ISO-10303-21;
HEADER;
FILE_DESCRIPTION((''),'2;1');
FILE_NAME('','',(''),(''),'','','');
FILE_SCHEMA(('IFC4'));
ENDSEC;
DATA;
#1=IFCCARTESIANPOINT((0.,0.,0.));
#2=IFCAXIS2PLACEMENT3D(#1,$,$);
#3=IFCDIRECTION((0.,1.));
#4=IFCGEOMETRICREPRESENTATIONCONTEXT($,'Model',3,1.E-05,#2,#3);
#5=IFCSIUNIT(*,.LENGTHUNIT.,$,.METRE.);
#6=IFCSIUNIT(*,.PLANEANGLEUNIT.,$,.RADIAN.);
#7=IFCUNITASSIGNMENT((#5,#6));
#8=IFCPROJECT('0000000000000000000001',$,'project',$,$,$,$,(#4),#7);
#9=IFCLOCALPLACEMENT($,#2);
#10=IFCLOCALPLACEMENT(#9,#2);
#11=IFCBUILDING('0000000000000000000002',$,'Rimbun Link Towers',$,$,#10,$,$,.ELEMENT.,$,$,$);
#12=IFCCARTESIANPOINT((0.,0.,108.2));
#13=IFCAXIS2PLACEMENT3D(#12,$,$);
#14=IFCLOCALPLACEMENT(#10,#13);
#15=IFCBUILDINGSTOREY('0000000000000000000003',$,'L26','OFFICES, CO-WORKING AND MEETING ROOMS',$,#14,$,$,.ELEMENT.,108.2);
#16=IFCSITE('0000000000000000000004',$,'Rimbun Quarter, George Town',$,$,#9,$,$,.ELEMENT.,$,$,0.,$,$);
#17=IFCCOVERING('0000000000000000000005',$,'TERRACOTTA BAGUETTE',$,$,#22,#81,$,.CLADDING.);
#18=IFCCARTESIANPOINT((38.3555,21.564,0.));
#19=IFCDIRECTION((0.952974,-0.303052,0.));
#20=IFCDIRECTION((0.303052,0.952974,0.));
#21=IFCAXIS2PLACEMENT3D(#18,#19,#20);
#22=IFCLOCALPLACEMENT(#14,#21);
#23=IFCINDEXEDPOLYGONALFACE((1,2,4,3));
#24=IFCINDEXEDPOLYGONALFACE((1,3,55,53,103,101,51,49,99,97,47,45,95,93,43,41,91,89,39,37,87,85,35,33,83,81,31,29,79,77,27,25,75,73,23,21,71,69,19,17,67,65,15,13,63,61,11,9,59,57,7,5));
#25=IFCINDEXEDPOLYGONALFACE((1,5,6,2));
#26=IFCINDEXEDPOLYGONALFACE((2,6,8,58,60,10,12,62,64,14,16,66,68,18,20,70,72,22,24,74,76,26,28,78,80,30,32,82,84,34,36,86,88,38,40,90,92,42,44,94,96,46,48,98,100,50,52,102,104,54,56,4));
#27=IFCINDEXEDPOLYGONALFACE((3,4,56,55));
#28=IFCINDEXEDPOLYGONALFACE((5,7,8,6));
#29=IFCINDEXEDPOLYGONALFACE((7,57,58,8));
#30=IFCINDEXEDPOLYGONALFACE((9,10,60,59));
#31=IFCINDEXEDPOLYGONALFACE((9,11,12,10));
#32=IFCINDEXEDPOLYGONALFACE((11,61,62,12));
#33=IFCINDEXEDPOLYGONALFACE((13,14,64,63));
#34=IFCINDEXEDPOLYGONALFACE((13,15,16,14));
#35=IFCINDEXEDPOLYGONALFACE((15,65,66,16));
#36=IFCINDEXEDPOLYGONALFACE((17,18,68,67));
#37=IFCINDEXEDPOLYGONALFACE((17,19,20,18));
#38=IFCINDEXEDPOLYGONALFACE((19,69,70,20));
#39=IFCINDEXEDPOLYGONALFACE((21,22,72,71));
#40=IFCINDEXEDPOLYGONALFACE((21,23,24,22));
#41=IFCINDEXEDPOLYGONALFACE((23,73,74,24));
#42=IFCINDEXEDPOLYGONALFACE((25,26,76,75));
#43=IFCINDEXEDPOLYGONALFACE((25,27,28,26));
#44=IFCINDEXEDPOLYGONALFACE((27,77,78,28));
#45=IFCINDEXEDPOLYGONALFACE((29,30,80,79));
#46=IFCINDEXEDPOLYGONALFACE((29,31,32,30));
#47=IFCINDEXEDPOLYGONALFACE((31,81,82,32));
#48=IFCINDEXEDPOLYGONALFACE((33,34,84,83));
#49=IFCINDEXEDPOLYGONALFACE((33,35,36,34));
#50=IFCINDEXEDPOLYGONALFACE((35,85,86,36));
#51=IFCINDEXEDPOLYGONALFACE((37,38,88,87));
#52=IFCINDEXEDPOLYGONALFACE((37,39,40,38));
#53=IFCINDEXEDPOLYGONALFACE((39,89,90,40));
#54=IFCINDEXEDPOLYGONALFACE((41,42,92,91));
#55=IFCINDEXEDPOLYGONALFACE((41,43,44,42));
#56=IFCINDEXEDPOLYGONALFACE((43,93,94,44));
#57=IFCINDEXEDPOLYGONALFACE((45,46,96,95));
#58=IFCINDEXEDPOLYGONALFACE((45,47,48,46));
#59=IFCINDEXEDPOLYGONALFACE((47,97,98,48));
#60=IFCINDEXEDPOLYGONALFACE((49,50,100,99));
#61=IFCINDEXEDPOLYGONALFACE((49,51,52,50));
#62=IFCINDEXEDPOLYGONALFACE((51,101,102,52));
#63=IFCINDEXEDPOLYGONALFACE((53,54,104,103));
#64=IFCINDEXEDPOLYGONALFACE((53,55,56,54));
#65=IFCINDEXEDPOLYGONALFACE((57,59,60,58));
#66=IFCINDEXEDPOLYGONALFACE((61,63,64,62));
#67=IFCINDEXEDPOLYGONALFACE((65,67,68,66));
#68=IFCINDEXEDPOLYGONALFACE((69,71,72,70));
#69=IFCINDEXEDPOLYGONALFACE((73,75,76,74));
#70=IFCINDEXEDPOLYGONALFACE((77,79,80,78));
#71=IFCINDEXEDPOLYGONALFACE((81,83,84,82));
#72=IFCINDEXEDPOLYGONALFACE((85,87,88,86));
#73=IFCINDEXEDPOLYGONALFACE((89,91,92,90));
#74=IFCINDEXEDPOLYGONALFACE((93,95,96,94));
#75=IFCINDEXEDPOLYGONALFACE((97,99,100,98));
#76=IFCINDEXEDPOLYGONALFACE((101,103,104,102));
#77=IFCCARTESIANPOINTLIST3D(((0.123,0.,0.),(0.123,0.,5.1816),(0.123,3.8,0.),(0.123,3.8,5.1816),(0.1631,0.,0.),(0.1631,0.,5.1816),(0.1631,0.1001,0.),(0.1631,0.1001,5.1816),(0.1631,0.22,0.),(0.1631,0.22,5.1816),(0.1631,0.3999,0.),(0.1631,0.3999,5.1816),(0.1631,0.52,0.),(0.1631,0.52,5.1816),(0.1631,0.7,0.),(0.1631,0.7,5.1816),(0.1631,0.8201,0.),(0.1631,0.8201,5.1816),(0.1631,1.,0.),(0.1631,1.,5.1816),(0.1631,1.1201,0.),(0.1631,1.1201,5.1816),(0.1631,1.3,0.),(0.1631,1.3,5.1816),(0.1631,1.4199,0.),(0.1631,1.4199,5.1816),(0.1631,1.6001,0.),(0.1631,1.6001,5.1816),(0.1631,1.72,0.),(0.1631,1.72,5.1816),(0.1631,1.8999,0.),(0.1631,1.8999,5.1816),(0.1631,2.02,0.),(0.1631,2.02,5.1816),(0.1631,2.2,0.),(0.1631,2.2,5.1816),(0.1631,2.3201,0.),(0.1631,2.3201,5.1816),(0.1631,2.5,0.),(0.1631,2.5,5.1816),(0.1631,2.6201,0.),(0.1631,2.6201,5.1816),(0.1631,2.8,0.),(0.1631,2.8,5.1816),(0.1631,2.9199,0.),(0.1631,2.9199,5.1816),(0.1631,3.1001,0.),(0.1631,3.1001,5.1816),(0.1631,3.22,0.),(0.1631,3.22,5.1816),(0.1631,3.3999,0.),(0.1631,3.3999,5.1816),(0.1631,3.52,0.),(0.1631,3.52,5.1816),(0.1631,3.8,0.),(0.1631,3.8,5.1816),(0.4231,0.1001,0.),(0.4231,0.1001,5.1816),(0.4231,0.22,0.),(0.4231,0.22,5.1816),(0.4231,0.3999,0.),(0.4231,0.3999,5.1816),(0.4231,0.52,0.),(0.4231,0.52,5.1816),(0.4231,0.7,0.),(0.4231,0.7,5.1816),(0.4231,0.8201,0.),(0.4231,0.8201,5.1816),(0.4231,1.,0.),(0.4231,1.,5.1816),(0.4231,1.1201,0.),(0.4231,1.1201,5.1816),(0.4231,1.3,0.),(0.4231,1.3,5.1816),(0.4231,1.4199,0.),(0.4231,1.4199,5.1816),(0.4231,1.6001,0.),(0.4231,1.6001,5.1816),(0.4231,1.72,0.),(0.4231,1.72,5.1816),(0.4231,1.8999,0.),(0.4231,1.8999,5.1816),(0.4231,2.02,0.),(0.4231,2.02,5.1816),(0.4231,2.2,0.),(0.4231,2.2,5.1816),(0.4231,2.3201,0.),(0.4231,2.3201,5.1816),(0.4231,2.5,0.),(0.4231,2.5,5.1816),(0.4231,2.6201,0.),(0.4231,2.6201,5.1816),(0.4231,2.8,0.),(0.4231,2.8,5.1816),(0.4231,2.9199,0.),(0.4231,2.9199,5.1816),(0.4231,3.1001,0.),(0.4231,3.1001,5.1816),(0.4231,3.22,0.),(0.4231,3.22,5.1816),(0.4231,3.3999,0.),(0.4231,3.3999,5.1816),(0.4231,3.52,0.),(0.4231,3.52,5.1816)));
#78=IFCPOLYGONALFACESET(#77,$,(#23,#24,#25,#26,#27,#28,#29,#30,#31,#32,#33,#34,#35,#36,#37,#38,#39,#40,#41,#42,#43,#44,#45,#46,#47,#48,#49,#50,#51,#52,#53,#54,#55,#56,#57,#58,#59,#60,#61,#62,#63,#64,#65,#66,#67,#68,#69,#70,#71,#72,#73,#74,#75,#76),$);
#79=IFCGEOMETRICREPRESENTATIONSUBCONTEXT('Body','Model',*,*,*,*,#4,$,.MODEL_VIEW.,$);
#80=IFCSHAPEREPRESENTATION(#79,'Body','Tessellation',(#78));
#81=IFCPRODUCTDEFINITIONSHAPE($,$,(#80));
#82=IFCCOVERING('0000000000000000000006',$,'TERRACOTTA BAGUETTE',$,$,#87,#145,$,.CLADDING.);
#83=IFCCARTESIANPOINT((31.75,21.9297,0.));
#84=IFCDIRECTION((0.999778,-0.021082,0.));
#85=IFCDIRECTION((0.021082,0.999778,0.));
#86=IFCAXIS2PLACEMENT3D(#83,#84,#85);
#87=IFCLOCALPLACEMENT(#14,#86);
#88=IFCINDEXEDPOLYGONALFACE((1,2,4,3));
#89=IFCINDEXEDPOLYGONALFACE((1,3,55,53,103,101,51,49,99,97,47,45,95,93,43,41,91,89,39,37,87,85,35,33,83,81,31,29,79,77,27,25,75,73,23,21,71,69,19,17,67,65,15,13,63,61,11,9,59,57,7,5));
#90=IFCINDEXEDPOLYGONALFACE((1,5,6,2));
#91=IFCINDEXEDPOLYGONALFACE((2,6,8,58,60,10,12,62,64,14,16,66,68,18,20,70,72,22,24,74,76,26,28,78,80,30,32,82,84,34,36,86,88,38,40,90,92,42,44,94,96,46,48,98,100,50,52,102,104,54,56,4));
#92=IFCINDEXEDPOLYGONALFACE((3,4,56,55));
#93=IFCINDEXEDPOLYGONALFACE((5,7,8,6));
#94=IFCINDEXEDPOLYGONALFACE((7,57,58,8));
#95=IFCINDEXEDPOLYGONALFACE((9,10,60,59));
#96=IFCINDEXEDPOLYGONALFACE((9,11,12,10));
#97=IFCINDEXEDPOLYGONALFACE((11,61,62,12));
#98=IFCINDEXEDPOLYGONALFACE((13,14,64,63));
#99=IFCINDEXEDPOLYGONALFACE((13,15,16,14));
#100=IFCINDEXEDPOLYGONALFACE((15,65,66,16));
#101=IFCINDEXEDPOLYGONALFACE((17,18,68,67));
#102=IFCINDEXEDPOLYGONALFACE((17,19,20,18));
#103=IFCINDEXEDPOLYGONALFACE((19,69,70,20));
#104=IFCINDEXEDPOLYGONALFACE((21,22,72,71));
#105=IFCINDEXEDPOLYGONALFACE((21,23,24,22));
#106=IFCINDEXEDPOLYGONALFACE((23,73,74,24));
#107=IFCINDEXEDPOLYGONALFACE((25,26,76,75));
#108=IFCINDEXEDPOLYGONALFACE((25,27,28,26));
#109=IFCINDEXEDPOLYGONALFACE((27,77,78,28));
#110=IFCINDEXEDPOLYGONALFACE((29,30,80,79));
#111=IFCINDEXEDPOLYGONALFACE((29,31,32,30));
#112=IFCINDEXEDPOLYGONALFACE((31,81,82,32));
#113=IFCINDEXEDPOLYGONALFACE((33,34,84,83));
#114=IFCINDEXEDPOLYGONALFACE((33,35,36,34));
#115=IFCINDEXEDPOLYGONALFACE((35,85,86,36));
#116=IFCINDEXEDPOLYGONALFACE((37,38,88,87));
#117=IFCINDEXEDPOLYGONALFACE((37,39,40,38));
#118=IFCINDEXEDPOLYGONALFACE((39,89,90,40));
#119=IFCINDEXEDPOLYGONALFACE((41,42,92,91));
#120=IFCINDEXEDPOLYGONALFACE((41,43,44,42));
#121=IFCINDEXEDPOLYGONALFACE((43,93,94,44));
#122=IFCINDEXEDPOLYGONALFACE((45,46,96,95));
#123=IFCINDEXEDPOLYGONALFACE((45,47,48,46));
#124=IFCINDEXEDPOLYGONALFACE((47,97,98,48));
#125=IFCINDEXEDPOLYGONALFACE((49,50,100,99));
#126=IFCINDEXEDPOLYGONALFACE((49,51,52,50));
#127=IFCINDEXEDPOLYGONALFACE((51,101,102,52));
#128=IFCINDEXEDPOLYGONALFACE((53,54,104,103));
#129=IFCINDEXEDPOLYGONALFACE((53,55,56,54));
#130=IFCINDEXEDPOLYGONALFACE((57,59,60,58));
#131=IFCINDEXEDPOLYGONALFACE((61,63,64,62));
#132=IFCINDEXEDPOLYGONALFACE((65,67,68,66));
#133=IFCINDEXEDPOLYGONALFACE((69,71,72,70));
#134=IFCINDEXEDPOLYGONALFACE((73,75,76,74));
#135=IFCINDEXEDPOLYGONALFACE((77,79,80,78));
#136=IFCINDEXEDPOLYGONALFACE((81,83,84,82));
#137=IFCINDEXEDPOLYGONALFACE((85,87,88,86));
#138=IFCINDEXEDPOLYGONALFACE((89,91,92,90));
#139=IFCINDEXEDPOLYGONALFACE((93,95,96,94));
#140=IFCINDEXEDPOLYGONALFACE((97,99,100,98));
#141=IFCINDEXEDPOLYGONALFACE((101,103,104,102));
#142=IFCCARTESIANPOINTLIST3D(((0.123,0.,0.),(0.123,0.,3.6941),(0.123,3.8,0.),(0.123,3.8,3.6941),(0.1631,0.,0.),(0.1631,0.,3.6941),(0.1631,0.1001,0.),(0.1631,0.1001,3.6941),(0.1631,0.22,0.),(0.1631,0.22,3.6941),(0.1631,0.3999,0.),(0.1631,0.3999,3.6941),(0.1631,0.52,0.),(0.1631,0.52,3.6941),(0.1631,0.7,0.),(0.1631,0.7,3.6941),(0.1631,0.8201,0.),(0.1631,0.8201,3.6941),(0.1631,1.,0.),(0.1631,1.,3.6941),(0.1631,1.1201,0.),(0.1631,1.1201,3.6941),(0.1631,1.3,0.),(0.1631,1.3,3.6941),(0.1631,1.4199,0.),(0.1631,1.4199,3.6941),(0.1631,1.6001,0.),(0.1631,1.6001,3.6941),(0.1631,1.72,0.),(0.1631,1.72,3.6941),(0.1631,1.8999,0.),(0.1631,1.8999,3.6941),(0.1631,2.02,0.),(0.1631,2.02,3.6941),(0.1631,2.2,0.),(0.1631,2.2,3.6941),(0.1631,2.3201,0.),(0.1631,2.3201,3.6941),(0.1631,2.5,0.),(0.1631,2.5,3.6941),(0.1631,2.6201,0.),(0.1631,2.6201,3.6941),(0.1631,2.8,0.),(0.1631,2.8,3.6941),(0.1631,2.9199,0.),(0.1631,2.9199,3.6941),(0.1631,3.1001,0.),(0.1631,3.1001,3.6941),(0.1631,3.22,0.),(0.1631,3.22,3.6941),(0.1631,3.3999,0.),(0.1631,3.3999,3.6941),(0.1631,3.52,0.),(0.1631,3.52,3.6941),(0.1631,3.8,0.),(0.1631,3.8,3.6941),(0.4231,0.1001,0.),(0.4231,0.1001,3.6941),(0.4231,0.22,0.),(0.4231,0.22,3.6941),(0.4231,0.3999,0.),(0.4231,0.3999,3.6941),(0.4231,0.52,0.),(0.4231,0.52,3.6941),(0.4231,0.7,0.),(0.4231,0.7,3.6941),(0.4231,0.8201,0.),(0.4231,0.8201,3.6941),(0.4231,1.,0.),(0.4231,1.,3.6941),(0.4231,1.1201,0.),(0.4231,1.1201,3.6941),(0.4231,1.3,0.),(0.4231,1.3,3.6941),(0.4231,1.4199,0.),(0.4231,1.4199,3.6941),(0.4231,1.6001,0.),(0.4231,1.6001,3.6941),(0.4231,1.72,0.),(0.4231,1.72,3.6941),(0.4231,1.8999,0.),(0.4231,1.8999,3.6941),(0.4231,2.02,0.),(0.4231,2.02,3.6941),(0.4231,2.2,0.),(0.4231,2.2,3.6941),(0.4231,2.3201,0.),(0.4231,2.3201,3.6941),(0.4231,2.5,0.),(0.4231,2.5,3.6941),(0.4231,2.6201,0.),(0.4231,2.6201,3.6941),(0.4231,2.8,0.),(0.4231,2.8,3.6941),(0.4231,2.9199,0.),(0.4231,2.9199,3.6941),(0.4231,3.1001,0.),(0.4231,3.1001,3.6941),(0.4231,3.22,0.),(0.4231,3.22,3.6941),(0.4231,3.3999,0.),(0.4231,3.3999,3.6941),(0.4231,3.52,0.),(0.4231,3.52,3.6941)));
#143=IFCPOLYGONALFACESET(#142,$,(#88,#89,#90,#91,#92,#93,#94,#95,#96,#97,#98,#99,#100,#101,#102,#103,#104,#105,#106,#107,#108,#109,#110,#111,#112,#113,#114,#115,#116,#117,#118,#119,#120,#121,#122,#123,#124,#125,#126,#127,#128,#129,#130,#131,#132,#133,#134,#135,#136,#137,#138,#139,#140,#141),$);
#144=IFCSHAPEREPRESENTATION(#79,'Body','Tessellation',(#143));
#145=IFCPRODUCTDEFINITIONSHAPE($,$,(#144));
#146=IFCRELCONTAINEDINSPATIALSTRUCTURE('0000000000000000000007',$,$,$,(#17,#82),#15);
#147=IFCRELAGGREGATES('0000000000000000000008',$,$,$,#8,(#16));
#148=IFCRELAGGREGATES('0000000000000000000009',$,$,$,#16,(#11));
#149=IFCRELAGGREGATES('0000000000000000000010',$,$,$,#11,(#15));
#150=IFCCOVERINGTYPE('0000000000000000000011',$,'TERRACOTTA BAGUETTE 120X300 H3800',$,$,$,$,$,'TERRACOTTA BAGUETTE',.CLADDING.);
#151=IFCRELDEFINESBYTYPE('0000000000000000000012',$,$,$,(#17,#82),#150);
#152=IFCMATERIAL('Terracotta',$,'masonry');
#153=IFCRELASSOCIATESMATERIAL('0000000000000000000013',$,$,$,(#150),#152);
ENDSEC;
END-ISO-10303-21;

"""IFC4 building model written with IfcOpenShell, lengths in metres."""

from ifc_helpers import new_model, si_unit, direction, frame, origin, place, context, subcontext, project, spatial, polyline, outline, extrude, material, material_profile, profile_set, type_object, element, save


model = new_model("IFC4")

# Units and contexts
model_context = context("Model", 3, precision=1e-05, world=origin(), true_north=direction((0.0, 1.0)))
body_context = subcontext(model_context, "Body", "Model", "MODEL_VIEW")
ifc_project = project(units=[si_unit("LENGTHUNIT", "METRE"), si_unit("PLANEANGLEUNIT", "RADIAN")], contexts=[model_context])

# Site, building, storey
site_placement = place(None, origin())
site = spatial("IfcSite", under=ifc_project, at=site_placement, Name="Rimbun Quarter, George Town", CompositionType="ELEMENT", RefElevation=0.0)
building_placement = place(site_placement, origin())
building = spatial("IfcBuilding", under=site, at=building_placement, Name="Rimbun Link Towers", CompositionType="ELEMENT")
storey_placement = place(building_placement, frame((0.0, 0.0, 108.2)))
storey = spatial("IfcBuildingStorey", under=building, at=storey_placement, Name="L26", Description="OFFICES, CO-WORKING AND MEETING ROOMS", CompositionType="ELEMENT", Elevation=108.2)

# Coverings
ifc_material_1 = material(Name="Terracotta", Category="masonry")
ifc_material_profile_1 = material_profile(ifc_material_1, outline(polyline([(0.123, 0.0), (0.1631, 0.0), (0.1631, 0.1001), (0.4231, 0.1001), (0.4231, 0.22), (0.1631, 0.22), (0.1631, 0.3999), (0.4231, 0.3999), (0.4231, 0.52), (0.1631, 0.52), (0.1631, 0.7), (0.4231, 0.7), (0.4231, 0.8201), (0.1631, 0.8201), (0.1631, 1.0), (0.4231, 1.0), (0.4231, 1.1201), (0.1631, 1.1201), (0.1631, 1.3), (0.4231, 1.3), (0.4231, 1.4199), (0.1631, 1.4199), (0.1631, 1.6001), (0.4231, 1.6001), (0.4231, 1.72), (0.1631, 1.72), (0.1631, 1.8999), (0.4231, 1.8999), (0.4231, 2.02), (0.1631, 2.02), (0.1631, 2.2), (0.4231, 2.2), (0.4231, 2.3201), (0.1631, 2.3201), (0.1631, 2.5), (0.4231, 2.5), (0.4231, 2.6201), (0.1631, 2.6201), (0.1631, 2.8), (0.4231, 2.8), (0.4231, 2.9199), (0.1631, 2.9199), (0.1631, 3.1001), (0.4231, 3.1001), (0.4231, 3.22), (0.1631, 3.22), (0.1631, 3.3999), (0.4231, 3.3999), (0.4231, 3.52), (0.1631, 3.52), (0.1631, 3.8), (0.123, 3.8), (0.123, 0.0)])), Name="BAGUETTE 120X300")
ifc_profile_set_1 = profile_set([ifc_material_profile_1], Name="Terracotta")
covering_type = type_object("IfcCoveringType", Name="TERRACOTTA BAGUETTE 120X300 H3800", ElementType="TERRACOTTA BAGUETTE", PredefinedType="CLADDING", material=ifc_profile_set_1)
covering_1_placement = place(storey_placement, frame((38.3555, 21.564, 0.0), z_axis=(0.952974, -0.303052, 0.0), x_axis=(0.303052, 0.952974, 0.0)))
element("IfcCovering", 1, at=covering_1_placement, inside=storey, type_object=covering_type, Name="TERRACOTTA BAGUETTE", PredefinedType="CLADDING", context=body_context, shape_type="SweptSolid", body=[
    extrude(outline(polyline([(0.123, 0.0), (0.1631, 0.0), (0.1631, 0.1001), (0.4231, 0.1001), (0.4231, 0.22), (0.1631, 0.22), (0.1631, 0.3999), (0.4231, 0.3999), (0.4231, 0.52), (0.1631, 0.52), (0.1631, 0.7), (0.4231, 0.7), (0.4231, 0.8201), (0.1631, 0.8201), (0.1631, 1.0), (0.4231, 1.0), (0.4231, 1.1201), (0.1631, 1.1201), (0.1631, 1.3), (0.4231, 1.3), (0.4231, 1.4199), (0.1631, 1.4199), (0.1631, 1.6001), (0.4231, 1.6001), (0.4231, 1.72), (0.1631, 1.72), (0.1631, 1.8999), (0.4231, 1.8999), (0.4231, 2.02), (0.1631, 2.02), (0.1631, 2.2), (0.4231, 2.2), (0.4231, 2.3201), (0.1631, 2.3201), (0.1631, 2.5), (0.4231, 2.5), (0.4231, 2.6201), (0.1631, 2.6201), (0.1631, 2.8), (0.4231, 2.8), (0.4231, 2.9199), (0.1631, 2.9199), (0.1631, 3.1001), (0.4231, 3.1001), (0.4231, 3.22), (0.1631, 3.22), (0.1631, 3.3999), (0.4231, 3.3999), (0.4231, 3.52), (0.1631, 3.52), (0.1631, 3.8), (0.123, 3.8), (0.123, 0.0)])), origin(), (0.0, 0.0, 1.0), 5.1816),
])
covering_2_placement = place(storey_placement, frame((31.75, 21.9297, 0.0), z_axis=(0.999778, -0.021082, 0.0), x_axis=(0.021082, 0.999778, 0.0)))
element("IfcCovering", 2, at=covering_2_placement, inside=storey, type_object=covering_type, Name="TERRACOTTA BAGUETTE", PredefinedType="CLADDING", context=body_context, shape_type="SweptSolid", body=[
    extrude(outline(polyline([(0.123, 0.0), (0.1631, 0.0), (0.1631, 0.1001), (0.4231, 0.1001), (0.4231, 0.22), (0.1631, 0.22), (0.1631, 0.3999), (0.4231, 0.3999), (0.4231, 0.52), (0.1631, 0.52), (0.1631, 0.7), (0.4231, 0.7), (0.4231, 0.8201), (0.1631, 0.8201), (0.1631, 1.0), (0.4231, 1.0), (0.4231, 1.1201), (0.1631, 1.1201), (0.1631, 1.3), (0.4231, 1.3), (0.4231, 1.4199), (0.1631, 1.4199), (0.1631, 1.6001), (0.4231, 1.6001), (0.4231, 1.72), (0.1631, 1.72), (0.1631, 1.8999), (0.4231, 1.8999), (0.4231, 2.02), (0.1631, 2.02), (0.1631, 2.2), (0.4231, 2.2), (0.4231, 2.3201), (0.1631, 2.3201), (0.1631, 2.5), (0.4231, 2.5), (0.4231, 2.6201), (0.1631, 2.6201), (0.1631, 2.8), (0.4231, 2.8), (0.4231, 2.9199), (0.1631, 2.9199), (0.1631, 3.1001), (0.4231, 3.1001), (0.4231, 3.22), (0.1631, 3.22), (0.1631, 3.3999), (0.4231, 3.3999), (0.4231, 3.52), (0.1631, 3.52), (0.1631, 3.8), (0.123, 3.8), (0.123, 0.0)])), origin(), (0.0, 0.0, 1.0), 3.6941),
])

save(model, "model.ifc")
